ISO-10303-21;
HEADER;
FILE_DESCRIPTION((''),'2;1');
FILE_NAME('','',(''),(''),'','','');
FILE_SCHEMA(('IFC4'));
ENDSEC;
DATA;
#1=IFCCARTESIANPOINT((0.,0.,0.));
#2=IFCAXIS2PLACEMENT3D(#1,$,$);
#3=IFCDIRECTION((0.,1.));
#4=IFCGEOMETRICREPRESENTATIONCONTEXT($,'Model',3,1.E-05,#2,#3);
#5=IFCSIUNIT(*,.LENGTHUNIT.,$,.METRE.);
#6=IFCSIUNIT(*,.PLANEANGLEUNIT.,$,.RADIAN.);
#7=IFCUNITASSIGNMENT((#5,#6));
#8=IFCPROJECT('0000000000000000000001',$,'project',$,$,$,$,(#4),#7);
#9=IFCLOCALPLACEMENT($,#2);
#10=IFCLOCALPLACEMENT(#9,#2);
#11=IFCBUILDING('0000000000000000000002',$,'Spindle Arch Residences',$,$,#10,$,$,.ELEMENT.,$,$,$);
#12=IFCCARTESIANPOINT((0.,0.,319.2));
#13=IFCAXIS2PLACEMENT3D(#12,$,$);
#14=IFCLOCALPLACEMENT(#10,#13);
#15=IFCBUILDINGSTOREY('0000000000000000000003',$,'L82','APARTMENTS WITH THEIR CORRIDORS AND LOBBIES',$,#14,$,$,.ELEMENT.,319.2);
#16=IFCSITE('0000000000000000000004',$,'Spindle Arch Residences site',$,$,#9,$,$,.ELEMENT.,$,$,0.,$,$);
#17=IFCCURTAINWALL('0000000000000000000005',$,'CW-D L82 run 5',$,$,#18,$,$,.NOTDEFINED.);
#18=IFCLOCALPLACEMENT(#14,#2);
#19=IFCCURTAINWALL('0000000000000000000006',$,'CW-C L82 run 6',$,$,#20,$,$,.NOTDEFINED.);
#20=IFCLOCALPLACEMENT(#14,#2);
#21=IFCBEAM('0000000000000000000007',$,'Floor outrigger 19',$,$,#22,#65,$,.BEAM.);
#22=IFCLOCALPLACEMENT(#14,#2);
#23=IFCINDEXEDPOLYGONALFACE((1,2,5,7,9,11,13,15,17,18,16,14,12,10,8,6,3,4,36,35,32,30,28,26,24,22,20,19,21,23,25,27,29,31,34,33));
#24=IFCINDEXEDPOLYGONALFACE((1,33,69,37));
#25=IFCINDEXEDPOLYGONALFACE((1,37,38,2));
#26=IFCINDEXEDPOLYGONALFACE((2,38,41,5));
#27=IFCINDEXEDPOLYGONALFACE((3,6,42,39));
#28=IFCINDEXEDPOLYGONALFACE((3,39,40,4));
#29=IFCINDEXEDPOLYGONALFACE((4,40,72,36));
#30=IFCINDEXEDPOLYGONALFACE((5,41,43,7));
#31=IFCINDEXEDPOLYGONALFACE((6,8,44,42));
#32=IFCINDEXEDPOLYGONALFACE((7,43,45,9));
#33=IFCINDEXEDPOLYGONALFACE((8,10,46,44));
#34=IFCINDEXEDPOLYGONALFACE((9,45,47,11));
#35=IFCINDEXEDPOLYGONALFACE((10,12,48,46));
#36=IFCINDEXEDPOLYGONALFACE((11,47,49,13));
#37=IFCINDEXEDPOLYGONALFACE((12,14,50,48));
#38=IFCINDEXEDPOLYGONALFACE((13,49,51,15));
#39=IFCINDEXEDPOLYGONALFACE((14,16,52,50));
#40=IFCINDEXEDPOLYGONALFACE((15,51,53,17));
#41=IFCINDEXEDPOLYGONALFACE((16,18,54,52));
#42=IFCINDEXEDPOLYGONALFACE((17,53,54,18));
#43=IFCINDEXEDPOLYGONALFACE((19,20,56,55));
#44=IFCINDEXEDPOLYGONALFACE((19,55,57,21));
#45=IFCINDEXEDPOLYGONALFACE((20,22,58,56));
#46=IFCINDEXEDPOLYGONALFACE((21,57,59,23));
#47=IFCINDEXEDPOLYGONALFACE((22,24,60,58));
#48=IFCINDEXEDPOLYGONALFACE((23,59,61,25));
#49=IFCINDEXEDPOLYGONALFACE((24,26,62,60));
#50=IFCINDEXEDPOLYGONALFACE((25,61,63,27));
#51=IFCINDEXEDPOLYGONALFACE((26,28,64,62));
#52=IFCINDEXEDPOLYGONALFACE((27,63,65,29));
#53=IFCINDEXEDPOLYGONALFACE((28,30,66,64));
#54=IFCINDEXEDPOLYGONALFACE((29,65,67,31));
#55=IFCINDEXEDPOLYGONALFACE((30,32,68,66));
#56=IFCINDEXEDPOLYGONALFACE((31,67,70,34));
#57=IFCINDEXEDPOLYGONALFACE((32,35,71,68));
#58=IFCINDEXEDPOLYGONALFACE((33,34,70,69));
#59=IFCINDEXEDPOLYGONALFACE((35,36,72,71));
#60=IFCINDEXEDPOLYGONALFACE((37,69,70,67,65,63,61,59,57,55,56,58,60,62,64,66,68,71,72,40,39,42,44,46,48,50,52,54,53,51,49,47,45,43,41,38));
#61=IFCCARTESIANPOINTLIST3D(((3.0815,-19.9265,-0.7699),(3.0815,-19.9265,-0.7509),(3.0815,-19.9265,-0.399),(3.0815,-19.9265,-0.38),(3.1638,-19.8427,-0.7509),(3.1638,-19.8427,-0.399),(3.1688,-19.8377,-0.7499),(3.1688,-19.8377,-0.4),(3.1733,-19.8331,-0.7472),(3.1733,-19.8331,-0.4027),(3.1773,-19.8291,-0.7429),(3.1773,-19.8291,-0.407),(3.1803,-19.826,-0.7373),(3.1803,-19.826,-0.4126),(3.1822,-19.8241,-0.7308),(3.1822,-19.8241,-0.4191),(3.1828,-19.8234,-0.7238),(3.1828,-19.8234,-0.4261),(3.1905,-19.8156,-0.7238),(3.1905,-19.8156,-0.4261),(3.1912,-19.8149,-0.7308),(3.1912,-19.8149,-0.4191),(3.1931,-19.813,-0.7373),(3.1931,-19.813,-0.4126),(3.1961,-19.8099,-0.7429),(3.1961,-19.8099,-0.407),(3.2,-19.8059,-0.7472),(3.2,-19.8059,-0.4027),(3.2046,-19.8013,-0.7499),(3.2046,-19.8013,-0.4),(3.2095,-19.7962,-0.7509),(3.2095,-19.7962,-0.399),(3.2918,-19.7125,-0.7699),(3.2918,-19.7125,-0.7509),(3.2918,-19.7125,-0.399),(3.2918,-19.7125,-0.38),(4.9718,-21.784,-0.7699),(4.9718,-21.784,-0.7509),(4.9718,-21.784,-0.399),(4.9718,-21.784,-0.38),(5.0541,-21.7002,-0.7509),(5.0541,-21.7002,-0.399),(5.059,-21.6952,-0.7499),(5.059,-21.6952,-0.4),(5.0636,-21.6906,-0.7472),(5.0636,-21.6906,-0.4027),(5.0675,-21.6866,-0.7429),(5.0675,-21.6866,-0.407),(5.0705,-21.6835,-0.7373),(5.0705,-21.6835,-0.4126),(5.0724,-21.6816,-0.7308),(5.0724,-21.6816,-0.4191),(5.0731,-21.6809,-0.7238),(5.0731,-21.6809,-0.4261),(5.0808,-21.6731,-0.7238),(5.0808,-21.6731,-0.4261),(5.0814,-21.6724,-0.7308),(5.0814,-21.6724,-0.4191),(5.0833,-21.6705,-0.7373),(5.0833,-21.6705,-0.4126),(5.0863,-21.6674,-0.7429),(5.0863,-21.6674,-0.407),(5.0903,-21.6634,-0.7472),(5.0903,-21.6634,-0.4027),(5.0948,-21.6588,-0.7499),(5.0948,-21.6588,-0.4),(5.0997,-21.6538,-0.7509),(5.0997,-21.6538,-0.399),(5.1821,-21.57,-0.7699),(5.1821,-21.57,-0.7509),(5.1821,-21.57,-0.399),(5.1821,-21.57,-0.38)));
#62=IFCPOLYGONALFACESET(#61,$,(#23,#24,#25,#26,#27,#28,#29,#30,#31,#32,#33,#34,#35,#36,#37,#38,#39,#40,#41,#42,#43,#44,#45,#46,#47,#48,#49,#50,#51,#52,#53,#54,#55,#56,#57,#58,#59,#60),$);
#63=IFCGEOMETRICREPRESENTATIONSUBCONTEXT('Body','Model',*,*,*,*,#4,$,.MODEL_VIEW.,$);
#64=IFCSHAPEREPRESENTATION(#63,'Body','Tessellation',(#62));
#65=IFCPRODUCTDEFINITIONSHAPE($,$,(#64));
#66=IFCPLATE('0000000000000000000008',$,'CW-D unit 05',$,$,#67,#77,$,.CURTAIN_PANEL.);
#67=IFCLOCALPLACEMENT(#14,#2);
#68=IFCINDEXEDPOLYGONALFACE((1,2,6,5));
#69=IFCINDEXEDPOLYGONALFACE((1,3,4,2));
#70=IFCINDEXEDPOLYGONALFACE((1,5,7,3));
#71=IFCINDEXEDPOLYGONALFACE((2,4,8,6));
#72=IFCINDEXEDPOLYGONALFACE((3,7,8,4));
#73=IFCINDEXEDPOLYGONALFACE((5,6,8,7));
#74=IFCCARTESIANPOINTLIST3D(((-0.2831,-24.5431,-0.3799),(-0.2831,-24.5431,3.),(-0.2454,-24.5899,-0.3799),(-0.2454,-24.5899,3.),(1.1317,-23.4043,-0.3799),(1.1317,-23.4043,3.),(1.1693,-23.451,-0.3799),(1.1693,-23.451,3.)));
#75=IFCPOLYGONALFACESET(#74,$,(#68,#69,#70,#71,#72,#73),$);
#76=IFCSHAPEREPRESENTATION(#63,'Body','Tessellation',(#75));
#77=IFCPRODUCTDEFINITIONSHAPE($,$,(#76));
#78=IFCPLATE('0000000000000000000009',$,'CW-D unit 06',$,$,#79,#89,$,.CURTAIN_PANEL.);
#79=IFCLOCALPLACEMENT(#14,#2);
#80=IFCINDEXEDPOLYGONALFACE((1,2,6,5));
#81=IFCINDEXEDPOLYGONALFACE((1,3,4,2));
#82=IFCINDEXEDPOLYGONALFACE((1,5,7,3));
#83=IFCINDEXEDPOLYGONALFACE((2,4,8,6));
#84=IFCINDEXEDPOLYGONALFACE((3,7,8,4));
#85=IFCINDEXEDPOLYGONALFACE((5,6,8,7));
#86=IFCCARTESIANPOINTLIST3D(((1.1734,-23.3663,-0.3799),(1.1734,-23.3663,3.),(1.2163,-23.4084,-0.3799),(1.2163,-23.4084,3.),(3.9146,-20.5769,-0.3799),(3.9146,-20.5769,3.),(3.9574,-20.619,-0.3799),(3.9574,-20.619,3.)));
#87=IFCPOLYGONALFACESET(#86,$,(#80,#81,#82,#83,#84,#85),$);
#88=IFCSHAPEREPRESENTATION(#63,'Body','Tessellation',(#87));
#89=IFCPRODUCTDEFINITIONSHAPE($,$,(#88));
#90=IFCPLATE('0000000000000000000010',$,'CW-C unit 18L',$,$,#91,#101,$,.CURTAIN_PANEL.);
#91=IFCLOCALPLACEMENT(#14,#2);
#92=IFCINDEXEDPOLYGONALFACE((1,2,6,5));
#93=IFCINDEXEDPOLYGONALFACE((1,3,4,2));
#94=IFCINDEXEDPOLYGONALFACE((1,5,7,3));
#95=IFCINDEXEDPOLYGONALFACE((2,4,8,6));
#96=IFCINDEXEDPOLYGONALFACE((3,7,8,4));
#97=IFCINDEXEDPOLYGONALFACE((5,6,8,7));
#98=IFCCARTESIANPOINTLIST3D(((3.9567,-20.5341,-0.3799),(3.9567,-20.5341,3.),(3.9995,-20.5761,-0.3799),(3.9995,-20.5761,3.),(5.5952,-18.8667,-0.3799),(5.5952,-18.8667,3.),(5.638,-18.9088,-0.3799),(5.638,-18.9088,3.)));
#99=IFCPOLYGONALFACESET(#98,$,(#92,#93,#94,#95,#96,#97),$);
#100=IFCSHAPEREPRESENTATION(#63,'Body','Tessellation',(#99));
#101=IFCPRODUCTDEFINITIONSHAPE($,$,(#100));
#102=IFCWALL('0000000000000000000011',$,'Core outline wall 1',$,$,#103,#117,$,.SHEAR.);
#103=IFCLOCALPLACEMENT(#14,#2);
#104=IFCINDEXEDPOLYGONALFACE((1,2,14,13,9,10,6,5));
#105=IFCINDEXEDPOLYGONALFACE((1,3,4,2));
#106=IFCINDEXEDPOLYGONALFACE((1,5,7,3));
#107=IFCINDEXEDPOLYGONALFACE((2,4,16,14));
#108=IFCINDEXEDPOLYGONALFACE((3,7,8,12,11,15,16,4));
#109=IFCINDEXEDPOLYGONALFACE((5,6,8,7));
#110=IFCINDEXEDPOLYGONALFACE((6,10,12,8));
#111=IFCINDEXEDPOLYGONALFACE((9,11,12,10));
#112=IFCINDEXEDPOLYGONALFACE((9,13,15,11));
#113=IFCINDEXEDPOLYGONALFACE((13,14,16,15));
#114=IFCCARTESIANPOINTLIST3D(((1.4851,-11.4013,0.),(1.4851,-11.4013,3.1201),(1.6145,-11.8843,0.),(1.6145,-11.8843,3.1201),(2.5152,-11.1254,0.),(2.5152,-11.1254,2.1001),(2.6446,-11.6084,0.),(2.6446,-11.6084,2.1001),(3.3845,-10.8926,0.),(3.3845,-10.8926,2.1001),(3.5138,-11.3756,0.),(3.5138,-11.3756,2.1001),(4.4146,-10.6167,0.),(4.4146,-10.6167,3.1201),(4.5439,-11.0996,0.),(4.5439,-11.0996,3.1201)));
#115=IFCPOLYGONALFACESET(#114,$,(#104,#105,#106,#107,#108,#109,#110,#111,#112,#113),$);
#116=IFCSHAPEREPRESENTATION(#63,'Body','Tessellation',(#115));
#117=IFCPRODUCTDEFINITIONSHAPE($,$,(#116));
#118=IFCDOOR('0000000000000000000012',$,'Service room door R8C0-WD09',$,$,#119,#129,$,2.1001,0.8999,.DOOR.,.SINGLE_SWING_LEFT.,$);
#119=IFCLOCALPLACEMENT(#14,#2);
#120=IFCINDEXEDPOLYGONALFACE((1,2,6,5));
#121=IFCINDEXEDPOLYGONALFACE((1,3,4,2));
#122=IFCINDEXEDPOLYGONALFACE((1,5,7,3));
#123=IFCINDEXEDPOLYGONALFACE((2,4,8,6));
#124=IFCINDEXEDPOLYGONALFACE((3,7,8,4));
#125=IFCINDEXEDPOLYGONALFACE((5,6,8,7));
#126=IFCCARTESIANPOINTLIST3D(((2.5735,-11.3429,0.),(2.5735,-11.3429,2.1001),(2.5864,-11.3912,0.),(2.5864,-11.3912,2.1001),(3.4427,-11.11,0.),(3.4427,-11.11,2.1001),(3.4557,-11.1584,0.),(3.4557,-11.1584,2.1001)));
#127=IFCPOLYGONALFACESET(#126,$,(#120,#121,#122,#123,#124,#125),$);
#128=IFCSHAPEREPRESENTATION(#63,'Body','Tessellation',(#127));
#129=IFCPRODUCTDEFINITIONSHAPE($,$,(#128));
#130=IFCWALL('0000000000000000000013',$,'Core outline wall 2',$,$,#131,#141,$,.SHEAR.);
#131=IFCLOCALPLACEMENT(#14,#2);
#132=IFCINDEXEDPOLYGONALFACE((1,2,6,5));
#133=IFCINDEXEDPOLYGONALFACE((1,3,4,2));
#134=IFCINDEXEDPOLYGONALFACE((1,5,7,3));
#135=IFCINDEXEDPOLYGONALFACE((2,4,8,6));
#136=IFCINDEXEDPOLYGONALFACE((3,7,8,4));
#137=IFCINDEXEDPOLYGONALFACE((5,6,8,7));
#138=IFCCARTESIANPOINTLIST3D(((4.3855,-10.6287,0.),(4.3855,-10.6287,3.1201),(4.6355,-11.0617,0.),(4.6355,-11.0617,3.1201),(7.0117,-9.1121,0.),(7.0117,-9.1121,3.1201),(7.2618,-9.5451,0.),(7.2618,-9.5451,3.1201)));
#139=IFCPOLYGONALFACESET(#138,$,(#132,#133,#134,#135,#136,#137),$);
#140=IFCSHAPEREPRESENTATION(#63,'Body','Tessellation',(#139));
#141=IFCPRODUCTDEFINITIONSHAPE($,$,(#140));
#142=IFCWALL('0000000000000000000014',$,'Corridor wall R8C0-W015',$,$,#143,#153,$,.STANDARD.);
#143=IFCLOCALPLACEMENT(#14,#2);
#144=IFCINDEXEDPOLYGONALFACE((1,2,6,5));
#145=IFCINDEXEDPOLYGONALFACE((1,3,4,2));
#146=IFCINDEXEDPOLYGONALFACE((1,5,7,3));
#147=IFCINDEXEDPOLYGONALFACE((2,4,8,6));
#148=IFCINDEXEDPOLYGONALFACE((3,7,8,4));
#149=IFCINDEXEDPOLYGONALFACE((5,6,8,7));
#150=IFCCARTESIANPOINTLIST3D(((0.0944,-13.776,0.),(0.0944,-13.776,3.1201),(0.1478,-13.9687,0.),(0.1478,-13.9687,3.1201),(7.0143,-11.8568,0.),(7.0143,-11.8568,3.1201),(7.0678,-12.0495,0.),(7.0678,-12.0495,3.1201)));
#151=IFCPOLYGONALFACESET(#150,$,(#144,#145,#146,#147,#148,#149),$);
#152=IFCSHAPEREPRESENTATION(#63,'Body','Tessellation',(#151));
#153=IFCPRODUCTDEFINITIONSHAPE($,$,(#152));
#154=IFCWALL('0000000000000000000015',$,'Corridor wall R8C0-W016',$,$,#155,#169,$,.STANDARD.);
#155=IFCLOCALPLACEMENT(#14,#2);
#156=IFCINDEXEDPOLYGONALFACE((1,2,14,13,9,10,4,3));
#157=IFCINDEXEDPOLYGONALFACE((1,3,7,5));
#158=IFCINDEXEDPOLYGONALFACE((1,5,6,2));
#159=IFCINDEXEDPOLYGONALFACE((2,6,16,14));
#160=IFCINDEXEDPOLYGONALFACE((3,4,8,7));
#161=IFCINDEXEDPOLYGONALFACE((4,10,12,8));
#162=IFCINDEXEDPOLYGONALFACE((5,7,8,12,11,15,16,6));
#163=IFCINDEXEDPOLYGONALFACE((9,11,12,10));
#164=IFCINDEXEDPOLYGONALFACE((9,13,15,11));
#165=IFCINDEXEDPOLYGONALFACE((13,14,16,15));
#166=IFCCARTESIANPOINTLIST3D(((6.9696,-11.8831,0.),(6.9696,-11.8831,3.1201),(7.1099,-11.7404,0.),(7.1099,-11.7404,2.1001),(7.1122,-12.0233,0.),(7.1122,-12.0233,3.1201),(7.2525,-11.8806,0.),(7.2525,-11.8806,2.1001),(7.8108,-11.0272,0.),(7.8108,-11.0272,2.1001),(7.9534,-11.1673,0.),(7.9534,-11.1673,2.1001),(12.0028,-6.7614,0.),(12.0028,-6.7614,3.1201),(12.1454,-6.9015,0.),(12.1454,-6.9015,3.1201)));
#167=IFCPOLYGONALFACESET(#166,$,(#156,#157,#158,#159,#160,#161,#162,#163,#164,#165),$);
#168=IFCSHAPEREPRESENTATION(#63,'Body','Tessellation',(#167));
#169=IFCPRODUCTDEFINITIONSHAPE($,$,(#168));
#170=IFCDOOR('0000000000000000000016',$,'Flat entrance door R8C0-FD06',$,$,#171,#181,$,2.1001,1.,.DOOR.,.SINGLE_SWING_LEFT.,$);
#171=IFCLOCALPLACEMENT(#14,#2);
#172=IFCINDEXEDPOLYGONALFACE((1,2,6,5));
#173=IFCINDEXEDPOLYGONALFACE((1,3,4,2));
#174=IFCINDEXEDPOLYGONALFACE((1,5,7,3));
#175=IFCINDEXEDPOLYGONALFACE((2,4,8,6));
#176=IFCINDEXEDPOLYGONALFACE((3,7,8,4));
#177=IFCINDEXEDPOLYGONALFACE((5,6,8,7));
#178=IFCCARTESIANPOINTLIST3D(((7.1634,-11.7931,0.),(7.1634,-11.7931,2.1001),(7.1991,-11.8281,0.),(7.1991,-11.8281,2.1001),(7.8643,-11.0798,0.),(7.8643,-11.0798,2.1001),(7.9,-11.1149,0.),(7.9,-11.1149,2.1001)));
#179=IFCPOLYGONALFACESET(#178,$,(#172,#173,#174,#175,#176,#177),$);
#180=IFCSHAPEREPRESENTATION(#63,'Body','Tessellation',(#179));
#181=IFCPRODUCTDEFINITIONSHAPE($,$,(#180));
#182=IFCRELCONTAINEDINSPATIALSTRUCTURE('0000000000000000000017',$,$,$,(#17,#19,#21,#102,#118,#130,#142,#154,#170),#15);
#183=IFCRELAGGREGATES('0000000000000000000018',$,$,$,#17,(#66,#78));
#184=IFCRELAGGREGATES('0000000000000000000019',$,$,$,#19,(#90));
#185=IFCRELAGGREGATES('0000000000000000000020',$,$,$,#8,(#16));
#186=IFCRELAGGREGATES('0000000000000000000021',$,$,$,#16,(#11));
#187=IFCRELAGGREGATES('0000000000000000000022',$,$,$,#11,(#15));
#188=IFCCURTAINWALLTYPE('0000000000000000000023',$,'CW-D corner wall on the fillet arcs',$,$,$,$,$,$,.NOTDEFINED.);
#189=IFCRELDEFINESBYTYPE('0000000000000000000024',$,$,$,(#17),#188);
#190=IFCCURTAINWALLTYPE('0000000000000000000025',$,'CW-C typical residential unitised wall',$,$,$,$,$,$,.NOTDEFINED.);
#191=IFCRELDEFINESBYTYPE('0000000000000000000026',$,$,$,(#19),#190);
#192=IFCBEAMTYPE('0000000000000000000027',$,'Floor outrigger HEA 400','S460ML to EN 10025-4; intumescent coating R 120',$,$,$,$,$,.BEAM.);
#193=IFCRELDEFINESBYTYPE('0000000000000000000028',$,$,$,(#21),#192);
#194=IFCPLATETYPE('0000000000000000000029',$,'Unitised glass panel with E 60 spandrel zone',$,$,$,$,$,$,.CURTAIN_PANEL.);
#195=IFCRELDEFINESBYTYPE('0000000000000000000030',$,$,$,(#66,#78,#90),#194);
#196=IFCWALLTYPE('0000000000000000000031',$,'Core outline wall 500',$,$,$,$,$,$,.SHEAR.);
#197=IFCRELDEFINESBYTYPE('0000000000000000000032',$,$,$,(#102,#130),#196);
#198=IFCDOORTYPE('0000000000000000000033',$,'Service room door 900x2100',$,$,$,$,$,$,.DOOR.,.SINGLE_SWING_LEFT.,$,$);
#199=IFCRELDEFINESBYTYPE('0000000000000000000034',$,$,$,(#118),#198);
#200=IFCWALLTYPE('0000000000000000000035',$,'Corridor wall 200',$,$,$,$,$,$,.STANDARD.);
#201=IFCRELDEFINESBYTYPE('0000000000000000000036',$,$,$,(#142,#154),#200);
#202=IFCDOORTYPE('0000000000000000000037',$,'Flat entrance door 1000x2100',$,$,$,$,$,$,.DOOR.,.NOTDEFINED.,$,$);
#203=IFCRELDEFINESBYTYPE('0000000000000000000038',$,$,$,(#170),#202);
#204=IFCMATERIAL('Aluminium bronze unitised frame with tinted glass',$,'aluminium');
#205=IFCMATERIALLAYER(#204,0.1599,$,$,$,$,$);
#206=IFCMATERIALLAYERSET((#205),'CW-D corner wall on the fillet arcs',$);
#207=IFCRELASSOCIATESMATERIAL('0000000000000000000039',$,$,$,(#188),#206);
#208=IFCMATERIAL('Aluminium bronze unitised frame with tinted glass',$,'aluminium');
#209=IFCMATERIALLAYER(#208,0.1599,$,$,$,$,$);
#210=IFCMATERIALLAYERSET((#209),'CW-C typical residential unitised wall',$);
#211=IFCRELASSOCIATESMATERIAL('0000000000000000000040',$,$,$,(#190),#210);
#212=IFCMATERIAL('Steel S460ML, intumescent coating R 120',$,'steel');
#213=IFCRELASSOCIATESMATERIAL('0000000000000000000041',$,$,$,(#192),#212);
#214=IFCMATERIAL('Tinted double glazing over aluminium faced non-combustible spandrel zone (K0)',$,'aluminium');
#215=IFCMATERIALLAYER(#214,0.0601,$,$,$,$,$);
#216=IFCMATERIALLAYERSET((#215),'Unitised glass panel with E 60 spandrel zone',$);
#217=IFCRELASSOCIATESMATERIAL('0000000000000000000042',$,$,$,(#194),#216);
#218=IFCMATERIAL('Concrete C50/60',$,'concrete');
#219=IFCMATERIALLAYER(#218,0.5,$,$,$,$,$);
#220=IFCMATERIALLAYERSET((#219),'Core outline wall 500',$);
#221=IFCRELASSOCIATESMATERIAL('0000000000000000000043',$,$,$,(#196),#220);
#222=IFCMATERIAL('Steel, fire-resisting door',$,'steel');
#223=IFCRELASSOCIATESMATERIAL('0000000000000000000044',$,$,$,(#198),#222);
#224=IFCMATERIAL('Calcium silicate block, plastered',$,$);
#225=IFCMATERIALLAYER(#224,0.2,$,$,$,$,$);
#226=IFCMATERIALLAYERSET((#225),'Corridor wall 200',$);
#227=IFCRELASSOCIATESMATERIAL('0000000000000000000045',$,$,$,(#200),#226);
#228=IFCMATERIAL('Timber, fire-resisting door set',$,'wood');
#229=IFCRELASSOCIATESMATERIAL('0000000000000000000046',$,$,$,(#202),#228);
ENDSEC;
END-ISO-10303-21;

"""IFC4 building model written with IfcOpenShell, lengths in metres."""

from ifc_helpers import new_model, si_unit, direction, frame, frame_2d, origin, origin_2d, place, context, subcontext, project, spatial, rectangle, i_section, extrude, material, layer, layer_set, material_profile, profile_set, type_object, element, fill, aggregate, save


model = new_model("IFC4")

# Units and contexts
model_context = context("Model", 3, precision=1e-05, world=origin(), true_north=direction((0.0, 1.0)))
body_context = subcontext(model_context, "Body", "Model", "MODEL_VIEW")
ifc_project = project(units=[si_unit("LENGTHUNIT", "METRE"), si_unit("PLANEANGLEUNIT", "RADIAN")], contexts=[model_context])

# Site, building, storey
site_placement = place(None, origin())
site = spatial("IfcSite", under=ifc_project, at=site_placement, Name="Spindle Arch Residences site", CompositionType="ELEMENT", RefElevation=0.0)
building_placement = place(site_placement, origin())
building = spatial("IfcBuilding", under=site, at=building_placement, Name="Spindle Arch Residences", CompositionType="ELEMENT")
storey_placement = place(building_placement, frame((0.0, 0.0, 319.2)))
storey = spatial("IfcBuildingStorey", under=building, at=storey_placement, Name="L82", Description="APARTMENTS WITH THEIR CORRIDORS AND LOBBIES", CompositionType="ELEMENT", Elevation=319.2)

# Curtain wall
ifc_material_1 = material(Name="Aluminium bronze unitised frame with tinted glass", Category="aluminium")
ifc_layer_1 = layer(ifc_material_1, 0.1599)
ifc_layer_set_1 = layer_set([ifc_layer_1], Name="CW-D corner wall on the fillet arcs")
curtain_wall_type_1 = type_object("IfcCurtainWallType", Name="CW-D corner wall on the fillet arcs", PredefinedType="NOTDEFINED", material=ifc_layer_set_1)
curtain_wall_1_placement = place(storey_placement, origin())
curtain_wall_1 = element("IfcCurtainWall", 1, at=curtain_wall_1_placement, inside=storey, type_object=curtain_wall_type_1, Name="CW-D L82 run 5", PredefinedType="NOTDEFINED")

# Curtain wall
ifc_material_2 = material(Name="Aluminium bronze unitised frame with tinted glass", Category="aluminium")
ifc_layer_2 = layer(ifc_material_2, 0.1599)
ifc_layer_set_2 = layer_set([ifc_layer_2], Name="CW-C typical residential unitised wall")
curtain_wall_type_2 = type_object("IfcCurtainWallType", Name="CW-C typical residential unitised wall", PredefinedType="NOTDEFINED", material=ifc_layer_set_2)
curtain_wall_2_placement = place(storey_placement, origin())
curtain_wall_2 = element("IfcCurtainWall", 2, at=curtain_wall_2_placement, inside=storey, type_object=curtain_wall_type_2, Name="CW-C L82 run 6", PredefinedType="NOTDEFINED")

# Beam
ifc_material_3 = material(Name="Steel S460ML, intumescent coating R 120", Category="steel")
ifc_material_profile_1 = material_profile(ifc_material_3, i_section(OverallWidth=0.3, OverallDepth=0.3899, WebThickness=0.011, FlangeThickness=0.019, FilletRadius=0.0271, at=origin_2d()), Name="HEA 400")
ifc_profile_set_1 = profile_set([ifc_material_profile_1], Name="Steel S460ML, intumescent coating R 120")
beam_type_1 = type_object("IfcBeamType", Name="Floor outrigger HEA 400", Description="S460ML to EN 10025-4; intumescent coating R 120", PredefinedType="BEAM", material=ifc_profile_set_1)
beam_1_placement = place(storey_placement, frame((5.0769, -21.677, -0.575), z_axis=(-0.713252, 0.700907, 0.0), x_axis=(-0.700907, -0.713252, 0.0)))
element("IfcBeam", 3, at=beam_1_placement, inside=storey, type_object=beam_type_1, Name="Floor outrigger 19", PredefinedType="BEAM", context=body_context, shape_type="SweptSolid", body=[
    extrude(i_section(OverallWidth=0.3, OverallDepth=0.3899, WebThickness=0.011, FlangeThickness=0.019, FilletRadius=0.0271, at=origin_2d()), origin(), (0.0, 0.0, 1.0), 2.6501),
])

# Plates
ifc_material_4 = material(Name="Tinted double glazing over aluminium faced non-combustible spandrel zone (K0)", Category="aluminium")
ifc_layer_3 = layer(ifc_material_4, 0.0601)
ifc_layer_set_3 = layer_set([ifc_layer_3], Name="Unitised glass panel with E 60 spandrel zone")
plate_type = type_object("IfcPlateType", Name="Unitised glass panel with E 60 spandrel zone", PredefinedType="CURTAIN_PANEL", material=ifc_layer_set_3)
plate_1_placement = place(storey_placement, frame((0.4431, -23.9971, -0.3799), z_axis=(0.0, 0.0, 1.0), x_axis=(0.778973, 0.627057, 0.0)))
plate_1 = element("IfcPlate", 4, at=plate_1_placement, type_object=plate_type, Name="CW-D unit 05", PredefinedType="CURTAIN_PANEL", context=body_context, shape_type="SweptSolid", body=[
    extrude(rectangle(XDim=1.8162, YDim=0.0601, at=origin_2d()), origin(), (0.0, 0.0, 1.0), 3.3799),
])
plate_2_placement = place(storey_placement, frame((2.5654, -21.9927, -0.3799), z_axis=(0.0, 0.0, 1.0), x_axis=(0.700909, 0.71325, 0.0)))
plate_2 = element("IfcPlate", 5, at=plate_2_placement, type_object=plate_type, Name="CW-D unit 06", PredefinedType="CURTAIN_PANEL", context=body_context, shape_type="SweptSolid", body=[
    extrude(rectangle(XDim=3.9109, YDim=0.0601, at=origin_2d()), origin(), (0.0, 0.0, 1.0), 3.3799),
])
aggregate(curtain_wall_1, [plate_1, plate_2])
plate_3_placement = place(storey_placement, frame((4.7974, -19.7214, -0.3799), z_axis=(0.0, 0.0, 1.0), x_axis=(0.700909, 0.71325, 0.0)))
plate_3 = element("IfcPlate", 6, at=plate_3_placement, type_object=plate_type, Name="CW-C unit 18L", PredefinedType="CURTAIN_PANEL", context=body_context, shape_type="SweptSolid", body=[
    extrude(rectangle(XDim=2.3376, YDim=0.0601, at=origin_2d()), origin(), (0.0, 0.0, 1.0), 3.3799),
])
aggregate(curtain_wall_2, [plate_3])

# Wall, opening, door
ifc_material_5 = material(Name="Concrete C50/60", Category="concrete")
ifc_layer_4 = layer(ifc_material_5, 0.5)
ifc_layer_set_4 = layer_set([ifc_layer_4], Name="Core outline wall 500")
wall_type_1 = type_object("IfcWallType", Name="Core outline wall 500", PredefinedType="SHEAR", material=ifc_layer_set_4)
wall_1_placement = place(storey_placement, frame((1.5498, -11.6428, 0.0), z_axis=(0.0, 0.0, 1.0), x_axis=(0.965948, 0.258735, 0.0)))
wall_1 = element("IfcWall", 7, at=wall_1_placement, inside=storey, type_object=wall_type_1, Name="Core outline wall 1", PredefinedType="SHEAR", context=body_context, shape_type="SweptSolid", body=[
    extrude(rectangle(XDim=3.0327, YDim=0.5, at=frame_2d((1.5164, 0.0))), origin(), (0.0, 0.0, 1.0), 3.1201),
])
opening_1_placement = place(wall_1_placement, frame((1.0664, 0.0, 0.0)))
opening_1 = element("IfcOpeningElement", 8, at=opening_1_placement, cuts=wall_1, PredefinedType="OPENING", context=body_context, shape_type="SweptSolid", body=[
    extrude(rectangle(XDim=0.8999, YDim=2.1001, at=frame_2d((0.45, 1.05))), frame((0.0, 0.26, 0.0), z_axis=(0.0, -1.0, 0.0), x_axis=(1.0, 0.0, 0.0)), (0.0, 0.0, 1.0), 0.52),
])
ifc_material_6 = material(Name="Steel, fire-resisting door", Category="steel")
door_type_1 = type_object("IfcDoorType", Name="Service room door 900x2100", OperationType="SINGLE_SWING_LEFT", PredefinedType="DOOR", material=ifc_material_6)
door_1_placement = place(opening_1_placement, origin())
door_1 = element("IfcDoor", 9, at=door_1_placement, inside=storey, type_object=door_type_1, Name="Service room door R8C0-WD09", OperationType="SINGLE_SWING_LEFT", OverallHeight=2.1001, OverallWidth=0.8999, PredefinedType="DOOR", context=body_context, shape_type="SweptSolid", body=[
    extrude(rectangle(XDim=0.8999, YDim=2.1001, at=frame_2d((0.45, 1.05))), frame((0.0, 0.0249, 0.0), z_axis=(0.0, -1.0, 0.0), x_axis=(1.0, 0.0, 0.0)), (0.0, 0.0, 1.0), 0.05),
])
fill(opening_1, door_1)

# Walls
wall_2_placement = place(storey_placement, frame((4.5105, -10.8452, 0.0), z_axis=(0.0, 0.0, 1.0), x_axis=(0.865975, 0.500087, 0.0)))
element("IfcWall", 10, at=wall_2_placement, inside=storey, type_object=wall_type_1, Name="Core outline wall 2", PredefinedType="SHEAR", context=body_context, shape_type="SweptSolid", body=[
    extrude(rectangle(XDim=3.0327, YDim=0.5, at=frame_2d((1.5164, 0.0))), origin(), (0.0, 0.0, 1.0), 3.1201),
])
ifc_material_7 = material(Name="Calcium silicate block, plastered")
ifc_layer_5 = layer(ifc_material_7, 0.2)
ifc_layer_set_5 = layer_set([ifc_layer_5], Name="Corridor wall 200")
wall_type_2 = type_object("IfcWallType", Name="Corridor wall 200", PredefinedType="STANDARD", material=ifc_layer_set_5)
wall_3_placement = place(storey_placement, frame((0.1211, -13.8723, 0.0), z_axis=(0.0, 0.0, 1.0), x_axis=(0.963626, 0.267255, 0.0)))
element("IfcWall", 11, at=wall_3_placement, inside=storey, type_object=wall_type_2, Name="Corridor wall R8C0-W015", PredefinedType="STANDARD", context=body_context, shape_type="SweptSolid", body=[
    extrude(rectangle(XDim=7.1812, YDim=0.2, at=frame_2d((3.5906, 0.0))), origin(), (0.0, 0.0, 1.0), 3.1201),
])

# Wall, opening, door
wall_4_placement = place(storey_placement, frame((7.041, -11.9531, 0.0), z_axis=(0.0, 0.0, 1.0), x_axis=(0.700909, 0.713251, 0.0)))
wall_4 = element("IfcWall", 12, at=wall_4_placement, inside=storey, type_object=wall_type_2, Name="Corridor wall R8C0-W016", PredefinedType="STANDARD", context=body_context, shape_type="SweptSolid", body=[
    extrude(rectangle(XDim=7.1809, YDim=0.2, at=frame_2d((3.5903, 0.0))), origin(), (0.0, 0.0, 1.0), 3.1201),
])
opening_2_placement = place(wall_4_placement, frame((0.2, 0.0, 0.0)))
opening_2 = element("IfcOpeningElement", 13, at=opening_2_placement, cuts=wall_4, PredefinedType="OPENING", context=body_context, shape_type="SweptSolid", body=[
    extrude(rectangle(XDim=1.0, YDim=2.1001, at=frame_2d((0.5, 1.05))), frame((0.0, 0.1099, 0.0), z_axis=(0.0, -1.0, 0.0), x_axis=(1.0, 0.0, 0.0)), (0.0, 0.0, 1.0), 0.22),
])
ifc_material_8 = material(Name="Timber, fire-resisting door set", Category="wood")
door_type_2 = type_object("IfcDoorType", Name="Flat entrance door 1000x2100", OperationType="NOTDEFINED", PredefinedType="DOOR", material=ifc_material_8)
door_2_placement = place(opening_2_placement, origin())
door_2 = element("IfcDoor", 14, at=door_2_placement, inside=storey, type_object=door_type_2, Name="Flat entrance door R8C0-FD06", OperationType="SINGLE_SWING_LEFT", OverallHeight=2.1001, OverallWidth=1.0, PredefinedType="DOOR", context=body_context, shape_type="SweptSolid", body=[
    extrude(rectangle(XDim=1.0, YDim=2.1001, at=frame_2d((0.5, 1.05))), frame((0.0, 0.0249, 0.0), z_axis=(0.0, -1.0, 0.0), x_axis=(1.0, 0.0, 0.0)), (0.0, 0.0, 1.0), 0.05),
])
fill(opening_2, door_2)

save(model, "model.ifc")
